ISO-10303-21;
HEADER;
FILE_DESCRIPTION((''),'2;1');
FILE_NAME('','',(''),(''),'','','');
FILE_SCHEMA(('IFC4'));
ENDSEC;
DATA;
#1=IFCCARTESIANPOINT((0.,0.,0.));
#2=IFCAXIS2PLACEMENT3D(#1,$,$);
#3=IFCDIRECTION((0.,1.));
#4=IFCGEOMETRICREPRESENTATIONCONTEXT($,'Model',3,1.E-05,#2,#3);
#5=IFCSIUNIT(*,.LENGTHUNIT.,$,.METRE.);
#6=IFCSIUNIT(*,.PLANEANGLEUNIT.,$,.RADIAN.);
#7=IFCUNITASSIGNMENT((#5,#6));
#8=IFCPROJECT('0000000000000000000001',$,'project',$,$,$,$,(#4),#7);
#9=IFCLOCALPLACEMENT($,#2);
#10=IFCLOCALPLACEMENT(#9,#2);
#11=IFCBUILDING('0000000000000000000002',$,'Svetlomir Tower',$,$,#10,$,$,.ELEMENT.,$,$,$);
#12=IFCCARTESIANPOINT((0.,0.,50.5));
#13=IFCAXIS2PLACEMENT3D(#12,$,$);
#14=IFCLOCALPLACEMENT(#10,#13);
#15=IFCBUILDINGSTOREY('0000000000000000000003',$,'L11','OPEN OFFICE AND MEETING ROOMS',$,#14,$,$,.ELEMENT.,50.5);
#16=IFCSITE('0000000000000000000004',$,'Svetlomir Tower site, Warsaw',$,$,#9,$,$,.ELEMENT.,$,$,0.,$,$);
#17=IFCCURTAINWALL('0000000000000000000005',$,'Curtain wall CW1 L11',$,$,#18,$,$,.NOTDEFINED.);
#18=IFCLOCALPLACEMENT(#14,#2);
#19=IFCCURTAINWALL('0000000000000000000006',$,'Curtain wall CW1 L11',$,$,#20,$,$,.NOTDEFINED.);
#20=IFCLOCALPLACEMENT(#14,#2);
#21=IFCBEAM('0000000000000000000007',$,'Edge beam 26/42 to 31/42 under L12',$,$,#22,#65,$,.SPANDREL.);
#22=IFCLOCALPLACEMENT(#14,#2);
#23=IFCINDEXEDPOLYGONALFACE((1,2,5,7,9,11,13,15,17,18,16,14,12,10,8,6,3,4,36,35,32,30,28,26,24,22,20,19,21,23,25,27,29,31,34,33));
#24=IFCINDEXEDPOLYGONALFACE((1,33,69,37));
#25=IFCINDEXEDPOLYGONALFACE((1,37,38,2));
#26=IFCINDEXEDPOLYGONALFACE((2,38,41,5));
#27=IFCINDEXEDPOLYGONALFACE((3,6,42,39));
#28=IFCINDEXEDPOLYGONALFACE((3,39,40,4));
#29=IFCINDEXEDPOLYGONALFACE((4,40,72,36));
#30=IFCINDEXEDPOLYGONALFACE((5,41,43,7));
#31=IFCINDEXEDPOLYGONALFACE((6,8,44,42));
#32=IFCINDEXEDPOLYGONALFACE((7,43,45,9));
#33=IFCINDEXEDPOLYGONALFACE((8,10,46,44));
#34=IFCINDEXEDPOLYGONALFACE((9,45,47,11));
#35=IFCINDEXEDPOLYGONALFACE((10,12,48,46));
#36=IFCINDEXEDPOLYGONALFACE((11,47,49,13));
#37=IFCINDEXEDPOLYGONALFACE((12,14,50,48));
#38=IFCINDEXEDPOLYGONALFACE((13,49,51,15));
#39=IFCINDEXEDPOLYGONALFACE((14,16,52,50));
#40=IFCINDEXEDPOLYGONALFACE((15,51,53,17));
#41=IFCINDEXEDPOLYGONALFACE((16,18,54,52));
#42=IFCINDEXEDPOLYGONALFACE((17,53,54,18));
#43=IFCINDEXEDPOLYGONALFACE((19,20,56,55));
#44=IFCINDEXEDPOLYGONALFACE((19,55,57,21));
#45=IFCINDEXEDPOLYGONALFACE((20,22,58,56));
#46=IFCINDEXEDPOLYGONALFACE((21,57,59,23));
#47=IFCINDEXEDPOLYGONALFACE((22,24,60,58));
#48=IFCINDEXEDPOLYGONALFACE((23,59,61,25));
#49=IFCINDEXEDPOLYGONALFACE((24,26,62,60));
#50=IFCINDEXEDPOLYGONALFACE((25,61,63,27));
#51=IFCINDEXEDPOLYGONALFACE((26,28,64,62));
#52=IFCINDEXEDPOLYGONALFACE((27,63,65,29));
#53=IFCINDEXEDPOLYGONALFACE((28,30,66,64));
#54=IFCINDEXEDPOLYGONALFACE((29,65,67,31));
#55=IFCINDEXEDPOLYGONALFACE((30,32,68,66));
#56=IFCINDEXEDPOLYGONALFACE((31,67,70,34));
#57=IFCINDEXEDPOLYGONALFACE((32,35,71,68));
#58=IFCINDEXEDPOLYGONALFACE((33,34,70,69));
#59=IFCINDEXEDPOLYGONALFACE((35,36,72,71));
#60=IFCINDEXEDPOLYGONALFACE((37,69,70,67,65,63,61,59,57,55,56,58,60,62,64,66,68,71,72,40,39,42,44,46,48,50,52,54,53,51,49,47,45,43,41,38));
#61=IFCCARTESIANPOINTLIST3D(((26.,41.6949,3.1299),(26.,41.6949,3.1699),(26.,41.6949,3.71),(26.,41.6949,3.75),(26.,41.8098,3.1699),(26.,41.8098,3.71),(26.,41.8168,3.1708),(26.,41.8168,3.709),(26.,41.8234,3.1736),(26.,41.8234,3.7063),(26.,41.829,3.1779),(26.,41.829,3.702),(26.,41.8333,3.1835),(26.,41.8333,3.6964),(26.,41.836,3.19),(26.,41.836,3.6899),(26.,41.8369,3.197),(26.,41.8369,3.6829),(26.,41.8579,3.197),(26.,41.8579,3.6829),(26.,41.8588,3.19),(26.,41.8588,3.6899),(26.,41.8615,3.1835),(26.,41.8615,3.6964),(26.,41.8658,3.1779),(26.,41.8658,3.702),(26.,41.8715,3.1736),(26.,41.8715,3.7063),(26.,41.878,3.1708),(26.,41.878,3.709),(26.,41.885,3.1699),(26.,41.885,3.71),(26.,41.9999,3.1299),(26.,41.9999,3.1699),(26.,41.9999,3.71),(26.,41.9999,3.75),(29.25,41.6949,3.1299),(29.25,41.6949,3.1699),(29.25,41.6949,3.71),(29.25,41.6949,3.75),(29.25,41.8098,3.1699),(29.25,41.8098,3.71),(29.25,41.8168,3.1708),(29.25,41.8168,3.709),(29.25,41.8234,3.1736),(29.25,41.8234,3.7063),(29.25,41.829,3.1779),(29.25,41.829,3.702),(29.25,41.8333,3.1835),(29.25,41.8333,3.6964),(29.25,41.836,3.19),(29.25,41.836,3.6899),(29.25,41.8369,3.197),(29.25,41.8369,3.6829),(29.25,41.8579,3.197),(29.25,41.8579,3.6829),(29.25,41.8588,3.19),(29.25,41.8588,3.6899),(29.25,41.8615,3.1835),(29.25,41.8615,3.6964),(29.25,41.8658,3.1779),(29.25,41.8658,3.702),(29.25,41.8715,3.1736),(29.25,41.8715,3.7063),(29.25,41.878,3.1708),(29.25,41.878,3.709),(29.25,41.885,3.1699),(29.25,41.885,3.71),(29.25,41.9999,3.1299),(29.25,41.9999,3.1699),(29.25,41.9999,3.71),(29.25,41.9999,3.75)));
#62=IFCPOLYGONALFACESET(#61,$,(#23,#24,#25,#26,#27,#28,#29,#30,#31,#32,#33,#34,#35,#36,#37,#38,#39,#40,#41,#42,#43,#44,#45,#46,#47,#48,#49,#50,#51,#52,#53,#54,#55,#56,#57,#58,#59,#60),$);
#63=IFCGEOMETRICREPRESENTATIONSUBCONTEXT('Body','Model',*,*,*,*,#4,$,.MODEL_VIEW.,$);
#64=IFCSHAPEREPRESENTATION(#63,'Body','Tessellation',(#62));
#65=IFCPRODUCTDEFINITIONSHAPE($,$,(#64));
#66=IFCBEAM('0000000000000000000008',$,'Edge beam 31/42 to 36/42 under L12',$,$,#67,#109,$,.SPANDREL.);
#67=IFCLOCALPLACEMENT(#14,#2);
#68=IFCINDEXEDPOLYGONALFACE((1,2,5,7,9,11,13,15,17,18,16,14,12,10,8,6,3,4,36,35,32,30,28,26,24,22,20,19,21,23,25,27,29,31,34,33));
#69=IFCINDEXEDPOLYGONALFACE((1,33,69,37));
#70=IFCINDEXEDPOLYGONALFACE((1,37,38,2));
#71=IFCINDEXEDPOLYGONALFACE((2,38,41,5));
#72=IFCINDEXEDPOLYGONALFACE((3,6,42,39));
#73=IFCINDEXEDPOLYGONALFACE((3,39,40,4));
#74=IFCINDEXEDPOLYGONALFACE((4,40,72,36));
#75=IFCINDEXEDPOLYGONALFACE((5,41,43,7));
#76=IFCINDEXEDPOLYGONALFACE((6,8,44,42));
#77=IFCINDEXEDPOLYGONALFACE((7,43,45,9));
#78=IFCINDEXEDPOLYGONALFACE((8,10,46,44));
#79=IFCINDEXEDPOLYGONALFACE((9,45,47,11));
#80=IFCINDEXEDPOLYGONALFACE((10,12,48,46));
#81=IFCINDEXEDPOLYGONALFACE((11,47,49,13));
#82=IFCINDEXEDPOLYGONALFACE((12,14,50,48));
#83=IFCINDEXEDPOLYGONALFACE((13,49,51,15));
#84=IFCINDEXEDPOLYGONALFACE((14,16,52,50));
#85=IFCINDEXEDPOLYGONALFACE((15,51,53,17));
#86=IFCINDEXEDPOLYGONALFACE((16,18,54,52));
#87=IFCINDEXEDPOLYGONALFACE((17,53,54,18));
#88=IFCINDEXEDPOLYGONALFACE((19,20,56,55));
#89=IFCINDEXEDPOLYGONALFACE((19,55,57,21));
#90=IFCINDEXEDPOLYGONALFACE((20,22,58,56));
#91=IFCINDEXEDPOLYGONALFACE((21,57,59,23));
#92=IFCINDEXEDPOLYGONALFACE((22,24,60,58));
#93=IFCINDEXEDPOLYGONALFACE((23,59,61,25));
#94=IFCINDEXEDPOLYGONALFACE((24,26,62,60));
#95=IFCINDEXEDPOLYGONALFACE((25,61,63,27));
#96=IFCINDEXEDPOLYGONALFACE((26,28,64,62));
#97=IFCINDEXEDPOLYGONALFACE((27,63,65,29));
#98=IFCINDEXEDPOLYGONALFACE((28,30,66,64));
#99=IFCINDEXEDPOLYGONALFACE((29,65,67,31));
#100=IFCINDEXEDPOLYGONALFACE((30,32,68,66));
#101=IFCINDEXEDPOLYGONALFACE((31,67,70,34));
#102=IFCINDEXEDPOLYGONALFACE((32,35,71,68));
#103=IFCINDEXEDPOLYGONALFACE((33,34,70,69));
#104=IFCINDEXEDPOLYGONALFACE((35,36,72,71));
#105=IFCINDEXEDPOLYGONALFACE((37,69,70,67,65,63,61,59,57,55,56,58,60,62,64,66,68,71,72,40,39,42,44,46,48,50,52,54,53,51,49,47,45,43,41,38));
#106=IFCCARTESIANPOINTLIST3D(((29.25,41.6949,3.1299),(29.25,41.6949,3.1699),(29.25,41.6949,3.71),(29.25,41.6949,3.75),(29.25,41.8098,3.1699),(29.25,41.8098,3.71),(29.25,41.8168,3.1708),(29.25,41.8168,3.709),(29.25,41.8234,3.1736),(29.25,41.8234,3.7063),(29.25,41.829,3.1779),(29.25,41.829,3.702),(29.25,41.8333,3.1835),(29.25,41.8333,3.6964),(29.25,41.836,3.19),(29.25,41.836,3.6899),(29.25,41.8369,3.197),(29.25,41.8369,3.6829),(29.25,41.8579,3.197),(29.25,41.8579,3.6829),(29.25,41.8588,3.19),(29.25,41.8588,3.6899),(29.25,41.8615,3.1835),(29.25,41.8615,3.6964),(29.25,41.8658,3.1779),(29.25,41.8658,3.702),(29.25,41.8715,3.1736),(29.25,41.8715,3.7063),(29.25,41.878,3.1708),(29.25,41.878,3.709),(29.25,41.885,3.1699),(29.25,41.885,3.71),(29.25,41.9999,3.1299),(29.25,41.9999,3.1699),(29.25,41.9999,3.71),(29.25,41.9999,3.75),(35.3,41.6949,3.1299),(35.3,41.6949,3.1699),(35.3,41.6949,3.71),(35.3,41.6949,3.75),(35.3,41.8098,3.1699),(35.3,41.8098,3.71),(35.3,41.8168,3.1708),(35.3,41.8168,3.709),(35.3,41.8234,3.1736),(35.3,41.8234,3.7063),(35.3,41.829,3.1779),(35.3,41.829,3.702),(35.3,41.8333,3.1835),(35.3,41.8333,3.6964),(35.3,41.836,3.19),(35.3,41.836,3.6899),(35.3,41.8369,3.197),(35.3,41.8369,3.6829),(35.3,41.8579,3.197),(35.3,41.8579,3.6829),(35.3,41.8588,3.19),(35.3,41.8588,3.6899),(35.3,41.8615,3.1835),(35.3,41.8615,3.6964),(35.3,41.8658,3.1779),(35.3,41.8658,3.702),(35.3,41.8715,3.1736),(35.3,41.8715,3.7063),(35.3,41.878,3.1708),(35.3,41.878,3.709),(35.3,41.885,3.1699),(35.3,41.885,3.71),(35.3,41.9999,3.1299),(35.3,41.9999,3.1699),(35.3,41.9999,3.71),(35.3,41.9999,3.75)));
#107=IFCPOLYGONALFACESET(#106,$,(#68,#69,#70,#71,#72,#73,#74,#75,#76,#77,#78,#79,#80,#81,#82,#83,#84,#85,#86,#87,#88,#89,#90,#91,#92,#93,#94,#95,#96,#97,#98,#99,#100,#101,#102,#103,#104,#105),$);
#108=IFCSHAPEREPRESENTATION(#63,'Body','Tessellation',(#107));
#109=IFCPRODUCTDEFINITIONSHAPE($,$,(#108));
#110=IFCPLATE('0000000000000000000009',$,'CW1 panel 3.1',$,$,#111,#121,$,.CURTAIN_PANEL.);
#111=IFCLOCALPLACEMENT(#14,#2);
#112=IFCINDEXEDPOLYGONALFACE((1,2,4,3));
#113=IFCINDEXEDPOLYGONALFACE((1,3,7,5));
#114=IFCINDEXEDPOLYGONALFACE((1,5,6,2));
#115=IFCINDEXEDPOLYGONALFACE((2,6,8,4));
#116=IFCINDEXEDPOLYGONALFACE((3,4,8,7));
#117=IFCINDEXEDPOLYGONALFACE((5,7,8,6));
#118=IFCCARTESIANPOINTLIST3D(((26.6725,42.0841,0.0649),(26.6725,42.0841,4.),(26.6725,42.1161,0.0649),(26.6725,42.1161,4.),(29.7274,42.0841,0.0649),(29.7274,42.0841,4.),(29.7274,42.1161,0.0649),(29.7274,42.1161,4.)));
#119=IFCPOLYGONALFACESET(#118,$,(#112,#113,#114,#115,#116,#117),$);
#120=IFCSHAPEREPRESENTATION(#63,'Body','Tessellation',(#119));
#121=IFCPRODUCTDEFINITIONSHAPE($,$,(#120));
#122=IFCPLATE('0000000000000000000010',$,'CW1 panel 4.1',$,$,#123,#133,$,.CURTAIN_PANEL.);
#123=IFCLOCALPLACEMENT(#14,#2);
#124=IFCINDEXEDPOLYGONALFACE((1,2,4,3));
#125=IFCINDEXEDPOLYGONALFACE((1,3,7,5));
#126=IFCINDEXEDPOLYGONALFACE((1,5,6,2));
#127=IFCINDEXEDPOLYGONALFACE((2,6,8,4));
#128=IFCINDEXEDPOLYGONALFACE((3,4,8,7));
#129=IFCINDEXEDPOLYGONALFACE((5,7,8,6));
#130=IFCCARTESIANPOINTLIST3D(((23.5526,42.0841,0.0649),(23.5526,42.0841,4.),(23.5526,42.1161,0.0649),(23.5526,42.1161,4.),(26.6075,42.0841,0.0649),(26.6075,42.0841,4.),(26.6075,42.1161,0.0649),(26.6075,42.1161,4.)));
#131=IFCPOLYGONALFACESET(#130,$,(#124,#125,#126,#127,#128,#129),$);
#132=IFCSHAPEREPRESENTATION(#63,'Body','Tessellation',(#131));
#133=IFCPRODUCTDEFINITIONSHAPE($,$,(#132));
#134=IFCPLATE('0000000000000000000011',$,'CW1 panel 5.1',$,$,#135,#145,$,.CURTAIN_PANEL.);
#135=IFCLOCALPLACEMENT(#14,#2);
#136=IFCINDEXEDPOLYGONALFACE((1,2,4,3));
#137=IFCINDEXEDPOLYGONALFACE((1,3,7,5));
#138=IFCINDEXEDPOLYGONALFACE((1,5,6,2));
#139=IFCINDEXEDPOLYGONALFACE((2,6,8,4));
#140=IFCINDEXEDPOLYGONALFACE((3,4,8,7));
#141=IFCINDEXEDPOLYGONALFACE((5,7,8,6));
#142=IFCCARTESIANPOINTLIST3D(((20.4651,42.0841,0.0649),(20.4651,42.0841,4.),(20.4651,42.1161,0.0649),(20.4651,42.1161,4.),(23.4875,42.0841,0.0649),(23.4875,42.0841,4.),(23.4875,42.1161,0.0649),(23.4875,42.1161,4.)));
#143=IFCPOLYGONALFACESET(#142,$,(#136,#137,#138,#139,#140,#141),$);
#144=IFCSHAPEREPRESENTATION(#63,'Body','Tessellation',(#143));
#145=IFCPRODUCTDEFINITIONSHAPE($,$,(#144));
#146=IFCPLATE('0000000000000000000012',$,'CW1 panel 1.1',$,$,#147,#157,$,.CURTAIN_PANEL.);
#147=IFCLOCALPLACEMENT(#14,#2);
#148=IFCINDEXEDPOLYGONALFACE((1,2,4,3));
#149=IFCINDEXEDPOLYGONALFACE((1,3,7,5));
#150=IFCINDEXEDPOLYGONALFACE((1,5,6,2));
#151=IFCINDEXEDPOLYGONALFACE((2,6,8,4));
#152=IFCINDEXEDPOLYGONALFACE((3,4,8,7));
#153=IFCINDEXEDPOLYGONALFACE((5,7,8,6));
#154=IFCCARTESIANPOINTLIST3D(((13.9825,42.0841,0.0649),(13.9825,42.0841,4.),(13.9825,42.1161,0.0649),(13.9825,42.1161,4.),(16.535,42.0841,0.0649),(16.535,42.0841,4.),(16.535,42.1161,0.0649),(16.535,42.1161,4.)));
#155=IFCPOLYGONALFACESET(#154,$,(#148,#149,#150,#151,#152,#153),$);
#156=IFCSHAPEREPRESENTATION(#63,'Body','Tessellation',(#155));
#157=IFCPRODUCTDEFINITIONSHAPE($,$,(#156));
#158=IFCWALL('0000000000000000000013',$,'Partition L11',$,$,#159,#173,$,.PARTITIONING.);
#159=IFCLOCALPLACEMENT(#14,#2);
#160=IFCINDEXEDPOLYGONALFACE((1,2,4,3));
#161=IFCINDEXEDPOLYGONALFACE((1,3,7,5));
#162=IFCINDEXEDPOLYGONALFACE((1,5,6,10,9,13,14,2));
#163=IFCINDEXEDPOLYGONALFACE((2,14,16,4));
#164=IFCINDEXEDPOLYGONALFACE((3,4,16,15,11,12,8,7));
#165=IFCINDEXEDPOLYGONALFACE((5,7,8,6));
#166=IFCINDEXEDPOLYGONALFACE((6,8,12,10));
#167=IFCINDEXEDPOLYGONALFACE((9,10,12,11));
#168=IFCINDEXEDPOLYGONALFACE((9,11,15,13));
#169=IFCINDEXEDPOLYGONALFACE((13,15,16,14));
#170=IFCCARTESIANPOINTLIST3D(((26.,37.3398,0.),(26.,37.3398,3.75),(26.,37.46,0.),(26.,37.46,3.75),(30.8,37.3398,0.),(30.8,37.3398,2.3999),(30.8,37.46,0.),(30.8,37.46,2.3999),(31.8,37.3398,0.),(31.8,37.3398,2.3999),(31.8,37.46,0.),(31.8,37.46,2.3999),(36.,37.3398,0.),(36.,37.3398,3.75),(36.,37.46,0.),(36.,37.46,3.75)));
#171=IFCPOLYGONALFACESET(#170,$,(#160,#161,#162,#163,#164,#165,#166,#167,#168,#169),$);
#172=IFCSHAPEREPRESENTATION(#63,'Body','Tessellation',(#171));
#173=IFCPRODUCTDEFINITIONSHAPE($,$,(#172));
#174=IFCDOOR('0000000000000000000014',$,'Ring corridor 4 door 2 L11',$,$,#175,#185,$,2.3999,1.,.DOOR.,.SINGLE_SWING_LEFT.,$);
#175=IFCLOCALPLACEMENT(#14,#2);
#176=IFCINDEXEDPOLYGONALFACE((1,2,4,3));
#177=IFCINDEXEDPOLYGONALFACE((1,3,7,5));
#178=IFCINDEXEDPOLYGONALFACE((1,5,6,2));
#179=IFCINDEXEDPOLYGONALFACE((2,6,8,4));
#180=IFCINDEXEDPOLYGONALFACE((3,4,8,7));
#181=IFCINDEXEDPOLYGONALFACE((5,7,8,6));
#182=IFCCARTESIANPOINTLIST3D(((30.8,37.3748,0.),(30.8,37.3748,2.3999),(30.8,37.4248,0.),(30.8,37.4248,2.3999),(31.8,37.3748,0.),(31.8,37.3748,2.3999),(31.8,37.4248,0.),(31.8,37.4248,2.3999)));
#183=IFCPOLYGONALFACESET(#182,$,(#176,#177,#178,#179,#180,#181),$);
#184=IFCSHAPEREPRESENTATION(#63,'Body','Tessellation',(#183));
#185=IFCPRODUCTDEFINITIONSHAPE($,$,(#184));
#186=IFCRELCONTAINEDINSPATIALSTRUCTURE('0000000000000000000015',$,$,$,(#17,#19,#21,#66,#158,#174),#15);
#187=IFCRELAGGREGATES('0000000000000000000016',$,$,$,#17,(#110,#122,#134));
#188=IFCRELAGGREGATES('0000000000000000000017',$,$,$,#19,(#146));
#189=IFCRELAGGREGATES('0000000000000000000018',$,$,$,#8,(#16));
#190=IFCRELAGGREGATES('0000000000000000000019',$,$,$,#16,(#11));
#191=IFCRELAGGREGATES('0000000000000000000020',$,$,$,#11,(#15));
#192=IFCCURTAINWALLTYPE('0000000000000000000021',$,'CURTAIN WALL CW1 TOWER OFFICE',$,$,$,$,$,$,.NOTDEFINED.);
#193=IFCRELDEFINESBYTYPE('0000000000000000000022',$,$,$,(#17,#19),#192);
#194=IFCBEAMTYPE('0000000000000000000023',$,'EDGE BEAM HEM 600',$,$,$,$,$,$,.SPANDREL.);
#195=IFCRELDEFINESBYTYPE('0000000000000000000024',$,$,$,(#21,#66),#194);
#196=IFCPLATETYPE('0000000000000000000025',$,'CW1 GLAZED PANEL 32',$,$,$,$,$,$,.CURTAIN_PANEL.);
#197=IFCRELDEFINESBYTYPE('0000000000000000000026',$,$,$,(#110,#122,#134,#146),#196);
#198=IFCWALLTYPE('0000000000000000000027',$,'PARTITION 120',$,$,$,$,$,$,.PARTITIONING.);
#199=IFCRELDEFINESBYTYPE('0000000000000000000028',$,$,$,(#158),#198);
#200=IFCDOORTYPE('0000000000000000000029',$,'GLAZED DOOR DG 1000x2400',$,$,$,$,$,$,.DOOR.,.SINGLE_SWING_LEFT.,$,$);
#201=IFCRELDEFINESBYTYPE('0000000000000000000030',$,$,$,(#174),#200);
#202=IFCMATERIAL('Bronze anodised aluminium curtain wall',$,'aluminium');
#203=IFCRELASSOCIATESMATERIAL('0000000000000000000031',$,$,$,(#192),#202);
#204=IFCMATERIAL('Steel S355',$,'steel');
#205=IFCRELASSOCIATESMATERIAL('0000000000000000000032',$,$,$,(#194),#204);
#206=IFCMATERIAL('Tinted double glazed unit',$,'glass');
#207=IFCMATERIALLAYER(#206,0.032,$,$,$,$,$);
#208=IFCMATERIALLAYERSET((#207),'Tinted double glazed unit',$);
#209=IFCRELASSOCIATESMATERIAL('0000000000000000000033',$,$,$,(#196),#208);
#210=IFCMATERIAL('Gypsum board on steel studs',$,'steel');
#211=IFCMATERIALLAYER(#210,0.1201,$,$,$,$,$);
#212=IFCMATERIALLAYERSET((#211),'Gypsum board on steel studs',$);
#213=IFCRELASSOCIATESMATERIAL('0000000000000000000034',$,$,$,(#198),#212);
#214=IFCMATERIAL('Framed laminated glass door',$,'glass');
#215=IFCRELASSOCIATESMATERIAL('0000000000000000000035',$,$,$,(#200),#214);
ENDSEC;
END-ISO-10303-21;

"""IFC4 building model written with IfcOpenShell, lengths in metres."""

from ifc_helpers import new_model, si_unit, direction, frame, frame_2d, origin, origin_2d, place, context, subcontext, project, spatial, rectangle, i_section, extrude, material, layer, layer_set, material_profile, profile_set, type_object, element, fill, aggregate, save


model = new_model("IFC4")

# Units and contexts
model_context = context("Model", 3, precision=1e-05, world=origin(), true_north=direction((0.0, 1.0)))
body_context = subcontext(model_context, "Body", "Model", "MODEL_VIEW")
ifc_project = project(units=[si_unit("LENGTHUNIT", "METRE"), si_unit("PLANEANGLEUNIT", "RADIAN")], contexts=[model_context])

# Site, building, storey
site_placement = place(None, origin())
site = spatial("IfcSite", under=ifc_project, at=site_placement, Name="Svetlomir Tower site, Warsaw", CompositionType="ELEMENT", RefElevation=0.0)
building_placement = place(site_placement, origin())
building = spatial("IfcBuilding", under=site, at=building_placement, Name="Svetlomir Tower", CompositionType="ELEMENT")
storey_placement = place(building_placement, frame((0.0, 0.0, 50.5)))
storey = spatial("IfcBuildingStorey", under=building, at=storey_placement, Name="L11", Description="OPEN OFFICE AND MEETING ROOMS", CompositionType="ELEMENT", Elevation=50.5)

# Curtain walls
ifc_material_1 = material(Name="Bronze anodised aluminium curtain wall", Category="aluminium")
curtain_wall_type = type_object("IfcCurtainWallType", Name="CURTAIN WALL CW1 TOWER OFFICE", PredefinedType="NOTDEFINED", material=ifc_material_1)
curtain_wall_1_placement = place(storey_placement, origin())
curtain_wall_1 = element("IfcCurtainWall", 1, at=curtain_wall_1_placement, inside=storey, type_object=curtain_wall_type, Name="Curtain wall CW1 L11", PredefinedType="NOTDEFINED")
curtain_wall_2_placement = place(storey_placement, origin())
curtain_wall_2 = element("IfcCurtainWall", 2, at=curtain_wall_2_placement, inside=storey, type_object=curtain_wall_type, Name="Curtain wall CW1 L11", PredefinedType="NOTDEFINED")

# Beams
ifc_material_2 = material(Name="Steel S355", Category="steel")
ifc_material_profile_1 = material_profile(ifc_material_2, i_section(OverallWidth=0.3049, OverallDepth=0.6201, WebThickness=0.021, FlangeThickness=0.04, FilletRadius=0.0271, at=origin_2d()), Name="HEM 600")
ifc_profile_set_1 = profile_set([ifc_material_profile_1], Name="Steel S355")
beam_type_1 = type_object("IfcBeamType", Name="EDGE BEAM HEM 600", PredefinedType="SPANDREL", material=ifc_profile_set_1)
beam_1_placement = place(storey_placement, frame((26.0, 41.8474, 3.4399), z_axis=(1.0, 0.0, 0.0), x_axis=(0.0, 1.0, 0.0)))
element("IfcBeam", 3, at=beam_1_placement, inside=storey, type_object=beam_type_1, Name="Edge beam 26/42 to 31/42 under L12", PredefinedType="SPANDREL", context=body_context, shape_type="SweptSolid", body=[
    extrude(i_section(OverallWidth=0.3049, OverallDepth=0.6201, WebThickness=0.021, FlangeThickness=0.04, FilletRadius=0.0271, at=origin_2d()), origin(), (0.0, 0.0, 1.0), 3.25),
])
beam_2_placement = place(storey_placement, frame((29.25, 41.8474, 3.4399), z_axis=(1.0, 0.0, 0.0), x_axis=(0.0, 1.0, 0.0)))
element("IfcBeam", 4, at=beam_2_placement, inside=storey, type_object=beam_type_1, Name="Edge beam 31/42 to 36/42 under L12", PredefinedType="SPANDREL", context=body_context, shape_type="SweptSolid", body=[
    extrude(i_section(OverallWidth=0.3049, OverallDepth=0.6201, WebThickness=0.021, FlangeThickness=0.04, FilletRadius=0.0271, at=origin_2d()), origin(), (0.0, 0.0, 1.0), 6.05),
])

# Plates
ifc_material_3 = material(Name="Tinted double glazed unit", Category="glass")
ifc_layer_1 = layer(ifc_material_3, 0.032)
ifc_layer_set_1 = layer_set([ifc_layer_1], Name="Tinted double glazed unit")
plate_type = type_object("IfcPlateType", Name="CW1 GLAZED PANEL 32", PredefinedType="CURTAIN_PANEL", material=ifc_layer_set_1)
plate_1_placement = place(storey_placement, frame((28.2, 42.1001, 0.0649), z_axis=(0.0, 0.0, 1.0), x_axis=(-1.0, 0.0, 0.0)))
plate_1 = element("IfcPlate", 5, at=plate_1_placement, type_object=plate_type, Name="CW1 panel 3.1", PredefinedType="CURTAIN_PANEL", context=body_context, shape_type="SweptSolid", body=[
    extrude(rectangle(XDim=3.0549, YDim=0.032, at=origin_2d()), origin(), (0.0, 0.0, 1.0), 3.9351),
])
plate_2_placement = place(storey_placement, frame((25.0801, 42.1001, 0.0649), z_axis=(0.0, 0.0, 1.0), x_axis=(-1.0, 0.0, 0.0)))
plate_2 = element("IfcPlate", 6, at=plate_2_placement, type_object=plate_type, Name="CW1 panel 4.1", PredefinedType="CURTAIN_PANEL", context=body_context, shape_type="SweptSolid", body=[
    extrude(rectangle(XDim=3.0549, YDim=0.032, at=origin_2d()), origin(), (0.0, 0.0, 1.0), 3.9351),
])
plate_3_placement = place(storey_placement, frame((21.9763, 42.1001, 0.0649), z_axis=(0.0, 0.0, 1.0), x_axis=(-1.0, 0.0, 0.0)))
plate_3 = element("IfcPlate", 7, at=plate_3_placement, type_object=plate_type, Name="CW1 panel 5.1", PredefinedType="CURTAIN_PANEL", context=body_context, shape_type="SweptSolid", body=[
    extrude(rectangle(XDim=3.0225, YDim=0.032, at=origin_2d()), origin(), (0.0, 0.0, 1.0), 3.9351),
])
aggregate(curtain_wall_1, [plate_1, plate_2, plate_3])
plate_4_placement = place(storey_placement, frame((15.2588, 42.1001, 0.0649), z_axis=(0.0, 0.0, 1.0), x_axis=(-1.0, 0.0, 0.0)))
plate_4 = element("IfcPlate", 8, at=plate_4_placement, type_object=plate_type, Name="CW1 panel 1.1", PredefinedType="CURTAIN_PANEL", context=body_context, shape_type="SweptSolid", body=[
    extrude(rectangle(XDim=2.5525, YDim=0.032, at=origin_2d()), origin(), (0.0, 0.0, 1.0), 3.9351),
])
aggregate(curtain_wall_2, [plate_4])

# Wall, opening, door
ifc_material_4 = material(Name="Gypsum board on steel studs", Category="steel")
ifc_layer_2 = layer(ifc_material_4, 0.1201)
ifc_layer_set_2 = layer_set([ifc_layer_2], Name="Gypsum board on steel studs")
wall_type_1 = type_object("IfcWallType", Name="PARTITION 120", PredefinedType="PARTITIONING", material=ifc_layer_set_2)
wall_1_placement = place(storey_placement, frame((26.0, 37.3999, 0.0), z_axis=(0.0, 0.0, 1.0), x_axis=(1.0, 0.0, 0.0)))
wall_1 = element("IfcWall", 9, at=wall_1_placement, inside=storey, type_object=wall_type_1, Name="Partition L11", PredefinedType="PARTITIONING", context=body_context, shape_type="SweptSolid", body=[
    extrude(rectangle(XDim=10.0, YDim=0.1201, at=frame_2d((5.0, 0.0))), origin(), (0.0, 0.0, 1.0), 3.75),
])
opening_1_placement = place(wall_1_placement, frame((4.8, 0.0, 0.0)))
opening_1 = element("IfcOpeningElement", 10, at=opening_1_placement, cuts=wall_1, PredefinedType="OPENING", context=body_context, shape_type="SweptSolid", body=[
    extrude(rectangle(XDim=1.0, YDim=2.3999, at=frame_2d((0.5, 1.2))), frame((0.0, 0.0701, 0.0), z_axis=(0.0, -1.0, 0.0), x_axis=(1.0, 0.0, 0.0)), (0.0, 0.0, 1.0), 0.1401),
])
ifc_material_5 = material(Name="Framed laminated glass door", Category="glass")
door_type_1 = type_object("IfcDoorType", Name="GLAZED DOOR DG 1000x2400", OperationType="SINGLE_SWING_LEFT", PredefinedType="DOOR", material=ifc_material_5)
door_1_placement = place(opening_1_placement, origin())
door_1 = element("IfcDoor", 11, at=door_1_placement, inside=storey, type_object=door_type_1, Name="Ring corridor 4 door 2 L11", OperationType="SINGLE_SWING_LEFT", OverallHeight=2.3999, OverallWidth=1.0, PredefinedType="DOOR", context=body_context, shape_type="SweptSolid", body=[
    extrude(rectangle(XDim=1.0, YDim=2.3999, at=frame_2d((0.5, 1.2))), frame((0.0, 0.0249, 0.0), z_axis=(0.0, -1.0, 0.0), x_axis=(1.0, 0.0, 0.0)), (0.0, 0.0, 1.0), 0.05),
])
fill(opening_1, door_1)

save(model, "model.ifc")
